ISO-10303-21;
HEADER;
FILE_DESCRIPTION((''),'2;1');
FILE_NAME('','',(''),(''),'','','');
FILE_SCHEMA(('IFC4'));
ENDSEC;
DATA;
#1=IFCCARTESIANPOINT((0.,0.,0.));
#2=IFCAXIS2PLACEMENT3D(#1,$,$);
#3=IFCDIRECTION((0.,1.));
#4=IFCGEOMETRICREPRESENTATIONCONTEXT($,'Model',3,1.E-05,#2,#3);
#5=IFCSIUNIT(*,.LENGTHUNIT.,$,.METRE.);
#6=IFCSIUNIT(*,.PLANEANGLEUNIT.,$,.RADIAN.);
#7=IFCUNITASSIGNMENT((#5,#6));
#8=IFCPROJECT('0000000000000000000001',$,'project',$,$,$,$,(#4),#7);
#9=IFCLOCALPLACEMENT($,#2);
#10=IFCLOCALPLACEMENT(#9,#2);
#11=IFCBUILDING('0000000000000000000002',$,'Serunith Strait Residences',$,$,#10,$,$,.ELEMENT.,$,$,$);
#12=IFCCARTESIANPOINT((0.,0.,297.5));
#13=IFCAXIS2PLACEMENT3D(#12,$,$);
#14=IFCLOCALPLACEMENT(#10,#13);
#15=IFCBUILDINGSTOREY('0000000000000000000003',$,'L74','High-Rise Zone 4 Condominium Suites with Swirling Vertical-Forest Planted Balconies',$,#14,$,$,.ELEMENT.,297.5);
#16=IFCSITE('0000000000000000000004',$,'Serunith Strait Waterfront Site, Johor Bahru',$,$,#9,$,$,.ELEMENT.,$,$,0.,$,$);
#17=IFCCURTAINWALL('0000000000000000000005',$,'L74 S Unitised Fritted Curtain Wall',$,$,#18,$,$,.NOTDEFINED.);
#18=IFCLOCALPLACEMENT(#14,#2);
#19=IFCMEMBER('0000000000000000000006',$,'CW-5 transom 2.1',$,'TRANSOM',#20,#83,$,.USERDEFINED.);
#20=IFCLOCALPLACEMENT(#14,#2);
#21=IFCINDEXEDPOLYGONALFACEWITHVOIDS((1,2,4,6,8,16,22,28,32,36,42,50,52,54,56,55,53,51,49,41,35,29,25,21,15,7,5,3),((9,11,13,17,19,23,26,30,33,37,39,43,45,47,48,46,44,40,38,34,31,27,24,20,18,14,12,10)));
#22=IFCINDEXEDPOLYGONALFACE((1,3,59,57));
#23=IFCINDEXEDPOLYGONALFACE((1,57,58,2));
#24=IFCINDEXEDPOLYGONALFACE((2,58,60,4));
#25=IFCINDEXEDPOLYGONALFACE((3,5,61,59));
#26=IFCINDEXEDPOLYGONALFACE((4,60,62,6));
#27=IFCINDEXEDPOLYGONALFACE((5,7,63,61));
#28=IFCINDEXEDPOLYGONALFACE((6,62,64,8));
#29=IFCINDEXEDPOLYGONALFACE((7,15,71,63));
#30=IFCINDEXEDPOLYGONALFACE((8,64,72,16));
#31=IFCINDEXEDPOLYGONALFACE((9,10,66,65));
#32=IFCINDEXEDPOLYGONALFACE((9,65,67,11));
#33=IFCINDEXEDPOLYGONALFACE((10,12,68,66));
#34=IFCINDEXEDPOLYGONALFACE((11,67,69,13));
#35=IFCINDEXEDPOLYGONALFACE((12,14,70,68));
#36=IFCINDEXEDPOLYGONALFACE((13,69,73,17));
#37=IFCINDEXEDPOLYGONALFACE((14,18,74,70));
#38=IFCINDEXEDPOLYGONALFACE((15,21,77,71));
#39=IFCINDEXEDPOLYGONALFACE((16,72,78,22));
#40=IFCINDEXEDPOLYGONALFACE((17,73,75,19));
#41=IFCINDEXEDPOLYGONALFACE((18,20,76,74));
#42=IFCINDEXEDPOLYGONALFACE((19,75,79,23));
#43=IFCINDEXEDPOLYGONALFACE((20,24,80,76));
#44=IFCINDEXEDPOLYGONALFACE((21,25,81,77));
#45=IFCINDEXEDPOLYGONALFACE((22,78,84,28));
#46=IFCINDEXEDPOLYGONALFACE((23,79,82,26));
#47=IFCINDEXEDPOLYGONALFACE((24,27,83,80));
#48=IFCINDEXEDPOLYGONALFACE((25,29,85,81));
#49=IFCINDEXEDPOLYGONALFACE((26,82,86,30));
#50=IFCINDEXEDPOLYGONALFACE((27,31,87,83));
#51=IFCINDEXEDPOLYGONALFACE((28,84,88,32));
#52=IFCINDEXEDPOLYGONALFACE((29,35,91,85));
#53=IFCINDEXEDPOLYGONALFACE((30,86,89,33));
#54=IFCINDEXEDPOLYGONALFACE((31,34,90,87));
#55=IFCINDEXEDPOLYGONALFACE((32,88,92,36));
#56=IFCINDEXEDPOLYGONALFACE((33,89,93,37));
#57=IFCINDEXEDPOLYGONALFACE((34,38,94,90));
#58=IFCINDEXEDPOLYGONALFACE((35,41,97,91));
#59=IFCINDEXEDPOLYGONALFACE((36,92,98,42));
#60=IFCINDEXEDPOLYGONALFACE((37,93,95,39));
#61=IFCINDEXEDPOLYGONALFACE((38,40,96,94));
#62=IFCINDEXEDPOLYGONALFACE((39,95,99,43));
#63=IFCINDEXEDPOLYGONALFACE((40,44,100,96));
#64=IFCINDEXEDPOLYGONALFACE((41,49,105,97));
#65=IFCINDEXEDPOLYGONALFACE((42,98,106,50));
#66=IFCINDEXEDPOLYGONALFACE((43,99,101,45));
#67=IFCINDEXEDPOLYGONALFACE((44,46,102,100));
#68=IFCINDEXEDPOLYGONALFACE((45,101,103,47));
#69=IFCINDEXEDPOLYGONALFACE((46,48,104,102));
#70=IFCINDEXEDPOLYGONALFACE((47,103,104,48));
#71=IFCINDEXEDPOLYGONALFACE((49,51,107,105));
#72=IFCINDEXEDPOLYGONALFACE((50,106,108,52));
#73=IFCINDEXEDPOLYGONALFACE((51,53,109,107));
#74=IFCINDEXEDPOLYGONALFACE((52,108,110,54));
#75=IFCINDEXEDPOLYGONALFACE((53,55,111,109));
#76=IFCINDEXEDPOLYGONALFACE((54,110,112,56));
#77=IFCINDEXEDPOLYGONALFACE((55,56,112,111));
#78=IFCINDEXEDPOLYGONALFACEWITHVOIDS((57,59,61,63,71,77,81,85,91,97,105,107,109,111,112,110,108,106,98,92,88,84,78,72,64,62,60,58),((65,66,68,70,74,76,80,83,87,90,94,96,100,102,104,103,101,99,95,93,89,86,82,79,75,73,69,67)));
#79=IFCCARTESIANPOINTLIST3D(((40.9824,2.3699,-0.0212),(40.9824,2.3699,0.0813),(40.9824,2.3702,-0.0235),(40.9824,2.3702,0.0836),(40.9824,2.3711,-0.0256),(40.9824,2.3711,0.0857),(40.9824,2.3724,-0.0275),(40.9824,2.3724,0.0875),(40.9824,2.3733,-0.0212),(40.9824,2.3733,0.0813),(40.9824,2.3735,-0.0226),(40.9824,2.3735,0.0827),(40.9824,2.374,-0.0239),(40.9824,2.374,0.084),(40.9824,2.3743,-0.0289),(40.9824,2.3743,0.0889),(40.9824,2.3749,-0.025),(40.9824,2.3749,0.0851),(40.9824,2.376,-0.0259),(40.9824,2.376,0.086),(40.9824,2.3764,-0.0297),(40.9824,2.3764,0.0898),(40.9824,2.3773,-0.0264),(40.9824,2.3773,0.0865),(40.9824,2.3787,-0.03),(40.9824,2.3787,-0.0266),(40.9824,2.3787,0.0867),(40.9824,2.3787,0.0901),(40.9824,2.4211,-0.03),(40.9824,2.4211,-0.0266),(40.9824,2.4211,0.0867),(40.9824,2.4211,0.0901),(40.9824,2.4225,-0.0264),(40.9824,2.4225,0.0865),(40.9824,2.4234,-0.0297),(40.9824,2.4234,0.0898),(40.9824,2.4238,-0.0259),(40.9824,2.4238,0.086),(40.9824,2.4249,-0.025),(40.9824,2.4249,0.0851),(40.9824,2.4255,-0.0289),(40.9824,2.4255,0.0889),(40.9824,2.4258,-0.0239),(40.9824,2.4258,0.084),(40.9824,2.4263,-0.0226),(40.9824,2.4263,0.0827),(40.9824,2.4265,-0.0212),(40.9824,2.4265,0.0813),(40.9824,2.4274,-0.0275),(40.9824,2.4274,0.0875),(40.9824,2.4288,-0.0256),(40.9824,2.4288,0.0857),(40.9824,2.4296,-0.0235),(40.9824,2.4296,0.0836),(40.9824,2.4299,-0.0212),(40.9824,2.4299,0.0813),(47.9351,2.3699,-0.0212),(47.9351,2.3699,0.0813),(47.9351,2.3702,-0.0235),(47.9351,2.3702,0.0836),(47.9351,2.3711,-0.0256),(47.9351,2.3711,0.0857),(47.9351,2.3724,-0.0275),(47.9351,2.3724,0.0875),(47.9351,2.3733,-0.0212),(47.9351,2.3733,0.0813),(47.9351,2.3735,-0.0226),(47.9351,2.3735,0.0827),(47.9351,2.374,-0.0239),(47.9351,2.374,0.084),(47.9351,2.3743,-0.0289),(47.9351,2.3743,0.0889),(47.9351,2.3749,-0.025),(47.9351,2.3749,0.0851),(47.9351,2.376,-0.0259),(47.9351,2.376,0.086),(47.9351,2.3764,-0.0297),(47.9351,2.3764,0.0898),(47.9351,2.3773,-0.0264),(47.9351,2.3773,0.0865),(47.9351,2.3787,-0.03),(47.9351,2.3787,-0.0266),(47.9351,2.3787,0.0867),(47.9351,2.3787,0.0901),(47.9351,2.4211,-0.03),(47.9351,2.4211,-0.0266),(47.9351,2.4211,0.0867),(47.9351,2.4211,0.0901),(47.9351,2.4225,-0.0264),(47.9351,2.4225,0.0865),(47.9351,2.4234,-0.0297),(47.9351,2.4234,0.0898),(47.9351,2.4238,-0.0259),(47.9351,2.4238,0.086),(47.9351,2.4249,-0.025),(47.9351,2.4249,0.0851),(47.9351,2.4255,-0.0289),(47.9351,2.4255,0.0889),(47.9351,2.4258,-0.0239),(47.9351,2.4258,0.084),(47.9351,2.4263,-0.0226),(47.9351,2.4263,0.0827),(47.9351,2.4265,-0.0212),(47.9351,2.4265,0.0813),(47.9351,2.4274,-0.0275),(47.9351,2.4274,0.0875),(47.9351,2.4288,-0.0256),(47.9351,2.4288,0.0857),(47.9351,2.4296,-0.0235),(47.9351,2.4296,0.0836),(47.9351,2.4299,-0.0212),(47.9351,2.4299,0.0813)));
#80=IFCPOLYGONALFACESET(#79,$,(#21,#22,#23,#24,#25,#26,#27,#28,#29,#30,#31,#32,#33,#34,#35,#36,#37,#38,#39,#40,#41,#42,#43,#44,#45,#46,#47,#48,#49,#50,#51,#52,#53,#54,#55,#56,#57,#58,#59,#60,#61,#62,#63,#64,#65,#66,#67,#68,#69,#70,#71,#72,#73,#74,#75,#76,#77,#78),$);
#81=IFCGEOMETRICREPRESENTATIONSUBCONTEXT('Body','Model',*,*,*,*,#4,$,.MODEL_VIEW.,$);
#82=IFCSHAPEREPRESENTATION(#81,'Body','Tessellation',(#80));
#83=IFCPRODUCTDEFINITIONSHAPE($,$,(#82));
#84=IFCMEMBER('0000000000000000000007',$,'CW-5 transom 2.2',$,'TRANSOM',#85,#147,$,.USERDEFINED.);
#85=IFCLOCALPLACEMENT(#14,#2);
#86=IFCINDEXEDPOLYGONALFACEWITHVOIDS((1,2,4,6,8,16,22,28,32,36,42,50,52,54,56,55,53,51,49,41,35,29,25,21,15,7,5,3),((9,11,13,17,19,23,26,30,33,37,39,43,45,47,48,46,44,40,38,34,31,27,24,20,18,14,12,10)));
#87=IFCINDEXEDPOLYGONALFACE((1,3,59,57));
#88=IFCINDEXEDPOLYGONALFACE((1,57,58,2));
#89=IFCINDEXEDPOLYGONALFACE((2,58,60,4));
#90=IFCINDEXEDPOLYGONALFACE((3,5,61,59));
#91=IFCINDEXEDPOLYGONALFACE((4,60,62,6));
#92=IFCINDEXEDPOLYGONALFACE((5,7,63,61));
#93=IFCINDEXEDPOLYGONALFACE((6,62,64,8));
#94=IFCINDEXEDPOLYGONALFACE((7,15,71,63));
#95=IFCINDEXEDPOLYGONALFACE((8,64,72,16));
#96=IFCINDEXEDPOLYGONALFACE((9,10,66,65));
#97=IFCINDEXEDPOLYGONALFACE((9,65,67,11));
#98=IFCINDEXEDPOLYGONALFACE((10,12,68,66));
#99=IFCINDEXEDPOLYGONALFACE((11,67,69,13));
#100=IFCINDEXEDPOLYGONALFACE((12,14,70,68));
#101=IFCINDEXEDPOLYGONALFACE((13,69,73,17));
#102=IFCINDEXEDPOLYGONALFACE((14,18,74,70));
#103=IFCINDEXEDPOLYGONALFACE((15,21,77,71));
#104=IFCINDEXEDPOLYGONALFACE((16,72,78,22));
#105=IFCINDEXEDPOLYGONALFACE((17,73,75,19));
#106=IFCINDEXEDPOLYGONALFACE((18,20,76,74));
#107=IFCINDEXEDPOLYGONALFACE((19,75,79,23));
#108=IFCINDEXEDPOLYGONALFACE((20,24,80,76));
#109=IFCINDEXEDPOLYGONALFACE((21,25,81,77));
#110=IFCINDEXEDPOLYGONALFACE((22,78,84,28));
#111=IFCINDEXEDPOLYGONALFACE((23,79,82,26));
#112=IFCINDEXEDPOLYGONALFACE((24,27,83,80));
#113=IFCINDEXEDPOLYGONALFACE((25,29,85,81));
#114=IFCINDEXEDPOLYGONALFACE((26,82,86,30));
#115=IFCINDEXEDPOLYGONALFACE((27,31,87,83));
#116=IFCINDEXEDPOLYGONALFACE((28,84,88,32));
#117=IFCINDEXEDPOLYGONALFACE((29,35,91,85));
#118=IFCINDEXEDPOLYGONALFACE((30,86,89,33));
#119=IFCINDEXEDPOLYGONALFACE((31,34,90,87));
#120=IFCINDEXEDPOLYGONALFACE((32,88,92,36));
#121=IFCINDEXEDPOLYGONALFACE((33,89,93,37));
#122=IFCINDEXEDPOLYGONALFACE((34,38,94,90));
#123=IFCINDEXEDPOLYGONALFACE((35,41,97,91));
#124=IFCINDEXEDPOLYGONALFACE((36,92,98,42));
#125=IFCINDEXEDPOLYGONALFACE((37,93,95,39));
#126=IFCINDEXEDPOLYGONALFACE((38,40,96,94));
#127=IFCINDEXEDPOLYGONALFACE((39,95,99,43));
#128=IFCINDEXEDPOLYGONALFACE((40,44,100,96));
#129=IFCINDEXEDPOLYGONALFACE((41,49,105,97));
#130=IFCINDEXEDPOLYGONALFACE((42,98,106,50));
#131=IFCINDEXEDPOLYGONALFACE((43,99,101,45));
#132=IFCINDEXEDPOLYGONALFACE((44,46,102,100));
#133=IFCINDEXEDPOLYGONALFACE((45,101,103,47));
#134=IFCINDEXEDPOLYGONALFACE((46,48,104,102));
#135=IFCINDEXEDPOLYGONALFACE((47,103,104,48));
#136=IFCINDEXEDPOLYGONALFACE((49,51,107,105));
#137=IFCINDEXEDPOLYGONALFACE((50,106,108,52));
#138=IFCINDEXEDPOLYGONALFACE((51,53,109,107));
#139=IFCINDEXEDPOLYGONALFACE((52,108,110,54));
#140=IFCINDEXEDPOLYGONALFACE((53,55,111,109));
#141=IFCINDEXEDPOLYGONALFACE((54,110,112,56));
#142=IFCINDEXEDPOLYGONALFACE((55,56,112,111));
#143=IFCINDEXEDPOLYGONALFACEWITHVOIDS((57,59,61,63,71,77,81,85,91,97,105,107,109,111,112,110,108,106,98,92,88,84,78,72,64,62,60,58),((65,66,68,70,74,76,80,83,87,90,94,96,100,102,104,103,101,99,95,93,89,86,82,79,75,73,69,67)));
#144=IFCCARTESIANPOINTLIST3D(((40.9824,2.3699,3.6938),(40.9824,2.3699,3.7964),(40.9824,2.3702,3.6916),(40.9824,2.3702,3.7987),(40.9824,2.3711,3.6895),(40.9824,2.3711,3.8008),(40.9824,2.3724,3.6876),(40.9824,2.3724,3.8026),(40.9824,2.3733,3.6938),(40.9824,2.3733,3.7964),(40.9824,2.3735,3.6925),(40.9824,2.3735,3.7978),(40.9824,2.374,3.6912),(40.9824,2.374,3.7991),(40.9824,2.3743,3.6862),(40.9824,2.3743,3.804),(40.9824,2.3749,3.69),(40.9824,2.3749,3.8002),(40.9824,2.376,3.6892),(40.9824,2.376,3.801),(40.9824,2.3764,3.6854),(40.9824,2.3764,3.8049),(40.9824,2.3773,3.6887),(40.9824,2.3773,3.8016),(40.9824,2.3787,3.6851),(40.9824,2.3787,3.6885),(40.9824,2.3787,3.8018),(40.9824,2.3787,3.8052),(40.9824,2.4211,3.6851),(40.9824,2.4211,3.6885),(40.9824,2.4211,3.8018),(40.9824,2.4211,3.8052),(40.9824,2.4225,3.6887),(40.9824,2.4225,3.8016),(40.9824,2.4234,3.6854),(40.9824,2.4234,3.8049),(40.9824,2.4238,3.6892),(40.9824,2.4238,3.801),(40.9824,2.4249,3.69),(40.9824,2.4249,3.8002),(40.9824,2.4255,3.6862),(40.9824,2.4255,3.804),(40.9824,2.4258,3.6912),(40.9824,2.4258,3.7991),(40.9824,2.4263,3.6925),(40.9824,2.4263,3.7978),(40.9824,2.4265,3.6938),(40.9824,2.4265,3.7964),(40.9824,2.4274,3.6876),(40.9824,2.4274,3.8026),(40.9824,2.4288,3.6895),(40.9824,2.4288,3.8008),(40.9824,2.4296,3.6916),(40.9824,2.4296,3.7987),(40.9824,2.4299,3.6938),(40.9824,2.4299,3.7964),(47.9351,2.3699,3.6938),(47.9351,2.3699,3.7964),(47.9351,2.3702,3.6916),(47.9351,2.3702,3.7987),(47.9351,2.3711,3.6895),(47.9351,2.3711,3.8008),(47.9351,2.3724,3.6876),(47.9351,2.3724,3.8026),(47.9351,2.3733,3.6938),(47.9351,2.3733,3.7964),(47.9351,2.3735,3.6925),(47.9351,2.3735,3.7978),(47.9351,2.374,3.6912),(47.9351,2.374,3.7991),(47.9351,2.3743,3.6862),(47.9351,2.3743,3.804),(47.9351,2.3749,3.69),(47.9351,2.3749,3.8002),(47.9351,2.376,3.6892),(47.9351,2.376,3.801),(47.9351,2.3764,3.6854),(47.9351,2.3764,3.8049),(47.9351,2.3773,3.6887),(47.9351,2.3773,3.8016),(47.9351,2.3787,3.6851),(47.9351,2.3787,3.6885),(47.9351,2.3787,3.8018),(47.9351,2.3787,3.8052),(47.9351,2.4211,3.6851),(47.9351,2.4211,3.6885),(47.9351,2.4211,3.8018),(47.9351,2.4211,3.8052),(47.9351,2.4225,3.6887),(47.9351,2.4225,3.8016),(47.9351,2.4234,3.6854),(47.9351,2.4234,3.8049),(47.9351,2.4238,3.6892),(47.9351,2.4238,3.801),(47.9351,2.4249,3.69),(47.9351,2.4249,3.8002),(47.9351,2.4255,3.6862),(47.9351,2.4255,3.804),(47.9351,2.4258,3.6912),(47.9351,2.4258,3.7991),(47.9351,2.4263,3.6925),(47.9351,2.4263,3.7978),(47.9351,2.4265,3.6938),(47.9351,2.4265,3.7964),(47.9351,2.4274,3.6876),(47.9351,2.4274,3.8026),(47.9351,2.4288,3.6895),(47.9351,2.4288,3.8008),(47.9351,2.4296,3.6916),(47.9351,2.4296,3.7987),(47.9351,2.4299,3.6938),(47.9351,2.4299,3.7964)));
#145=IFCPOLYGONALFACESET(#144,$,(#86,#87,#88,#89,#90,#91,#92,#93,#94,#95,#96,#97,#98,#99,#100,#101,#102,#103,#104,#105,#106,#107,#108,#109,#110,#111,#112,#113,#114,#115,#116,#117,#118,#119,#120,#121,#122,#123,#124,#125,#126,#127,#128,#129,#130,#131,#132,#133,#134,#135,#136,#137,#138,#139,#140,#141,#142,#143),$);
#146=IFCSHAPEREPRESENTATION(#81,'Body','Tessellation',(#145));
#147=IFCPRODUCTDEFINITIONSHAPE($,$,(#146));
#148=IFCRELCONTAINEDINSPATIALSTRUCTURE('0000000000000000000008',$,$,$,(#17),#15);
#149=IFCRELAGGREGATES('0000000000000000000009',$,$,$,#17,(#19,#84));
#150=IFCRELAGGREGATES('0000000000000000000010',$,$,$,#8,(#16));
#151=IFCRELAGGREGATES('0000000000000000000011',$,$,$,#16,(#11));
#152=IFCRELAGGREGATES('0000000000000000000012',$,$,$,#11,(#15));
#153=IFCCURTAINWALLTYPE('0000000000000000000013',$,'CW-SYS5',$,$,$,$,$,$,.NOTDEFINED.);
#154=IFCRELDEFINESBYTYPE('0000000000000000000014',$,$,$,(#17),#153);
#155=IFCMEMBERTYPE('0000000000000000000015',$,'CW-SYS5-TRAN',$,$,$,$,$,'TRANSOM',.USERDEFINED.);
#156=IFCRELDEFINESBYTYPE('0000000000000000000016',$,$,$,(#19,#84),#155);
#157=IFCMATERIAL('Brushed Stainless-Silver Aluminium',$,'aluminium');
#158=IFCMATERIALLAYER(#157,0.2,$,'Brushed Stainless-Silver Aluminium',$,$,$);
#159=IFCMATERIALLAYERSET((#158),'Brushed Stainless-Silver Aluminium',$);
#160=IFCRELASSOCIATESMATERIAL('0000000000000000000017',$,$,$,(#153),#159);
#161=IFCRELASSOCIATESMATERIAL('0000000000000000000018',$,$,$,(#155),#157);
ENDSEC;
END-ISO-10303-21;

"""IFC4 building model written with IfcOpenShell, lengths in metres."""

from ifc_helpers import new_model, si_unit, direction, frame, origin, origin_2d, place, context, subcontext, project, spatial, hollow_rectangle, extrude, source, transform, mapped, material, layer, layer_set, material_profile, profile_set, type_object, element, aggregate, save


model = new_model("IFC4")

# Units and contexts
model_context = context("Model", 3, precision=1e-05, world=origin(), true_north=direction((0.0, 1.0)))
body_context = subcontext(model_context, "Body", "Model", "MODEL_VIEW")
ifc_project = project(units=[si_unit("LENGTHUNIT", "METRE"), si_unit("PLANEANGLEUNIT", "RADIAN")], contexts=[model_context])

# Site, building, storey
site_placement = place(None, origin())
site = spatial("IfcSite", under=ifc_project, at=site_placement, Name="Serunith Strait Waterfront Site, Johor Bahru", CompositionType="ELEMENT", RefElevation=0.0)
building_placement = place(site_placement, origin())
building = spatial("IfcBuilding", under=site, at=building_placement, Name="Serunith Strait Residences", CompositionType="ELEMENT")
storey_placement = place(building_placement, frame((0.0, 0.0, 297.5)))
storey = spatial("IfcBuildingStorey", under=building, at=storey_placement, Name="L74", Description="High-Rise Zone 4 Condominium Suites with Swirling Vertical-Forest Planted Balconies", CompositionType="ELEMENT", Elevation=297.5)

# Curtain wall, members
ifc_material_1 = material(Name="Brushed Stainless-Silver Aluminium", Category="aluminium")
ifc_layer_1 = layer(ifc_material_1, 0.2, Name="Brushed Stainless-Silver Aluminium")
ifc_layer_set_1 = layer_set([ifc_layer_1], Name="Brushed Stainless-Silver Aluminium")
curtain_wall_type = type_object("IfcCurtainWallType", Name="CW-SYS5", PredefinedType="NOTDEFINED", material=ifc_layer_set_1)
curtain_wall_1_placement = place(storey_placement, origin())
curtain_wall_1 = element("IfcCurtainWall", 1, at=curtain_wall_1_placement, inside=storey, type_object=curtain_wall_type, Name="L74 S Unitised Fritted Curtain Wall", PredefinedType="NOTDEFINED")
ifc_material_profile_1 = material_profile(ifc_material_1, hollow_rectangle(XDim=0.0601, YDim=0.1201, WallThickness=0.0034, InnerFilletRadius=0.0054, OuterFilletRadius=0.0088, at=origin_2d()), Name="ALU 120x60x3.5")
ifc_profile_set_1 = profile_set([ifc_material_profile_1], Name="Brushed Stainless-Silver Aluminium")
member_type_1 = type_object("IfcMemberType", Name="CW-SYS5-TRAN", ElementType="TRANSOM", PredefinedType="USERDEFINED", material=ifc_profile_set_1)
shared_shape_1 = source(origin(), body_context, "Body", "SweptSolid", [
    extrude(hollow_rectangle(XDim=0.0601, YDim=0.1201, WallThickness=0.0034, InnerFilletRadius=0.0054, OuterFilletRadius=0.0088, at=origin_2d()), origin(), (0.0, 0.0, 1.0), 6.9526),
])
member_1_placement = place(storey_placement, frame((40.9824, 2.3999, 0.03), z_axis=(1.0, 0.0, 0.0), x_axis=(0.0, 1.0, 0.0)))
member_1 = element("IfcMember", 2, at=member_1_placement, type_object=member_type_1, Name="CW-5 transom 2.1", ObjectType="TRANSOM", PredefinedType="USERDEFINED", context=body_context, shape_type="MappedRepresentation", body=[
    mapped(shared_shape_1, transform((0.0, 0.0, 0.0), scale=1.0)),
])
member_2_placement = place(storey_placement, frame((40.9824, 2.3999, 3.7451), z_axis=(1.0, 0.0, 0.0), x_axis=(0.0, 1.0, 0.0)))
member_2 = element("IfcMember", 3, at=member_2_placement, type_object=member_type_1, Name="CW-5 transom 2.2", ObjectType="TRANSOM", PredefinedType="USERDEFINED", context=body_context, shape_type="MappedRepresentation", body=[
    mapped(shared_shape_1, transform((0.0, 0.0, 0.0), scale=1.0)),
])

aggregate(curtain_wall_1, [member_1, member_2])

save(model, "model.ifc")
